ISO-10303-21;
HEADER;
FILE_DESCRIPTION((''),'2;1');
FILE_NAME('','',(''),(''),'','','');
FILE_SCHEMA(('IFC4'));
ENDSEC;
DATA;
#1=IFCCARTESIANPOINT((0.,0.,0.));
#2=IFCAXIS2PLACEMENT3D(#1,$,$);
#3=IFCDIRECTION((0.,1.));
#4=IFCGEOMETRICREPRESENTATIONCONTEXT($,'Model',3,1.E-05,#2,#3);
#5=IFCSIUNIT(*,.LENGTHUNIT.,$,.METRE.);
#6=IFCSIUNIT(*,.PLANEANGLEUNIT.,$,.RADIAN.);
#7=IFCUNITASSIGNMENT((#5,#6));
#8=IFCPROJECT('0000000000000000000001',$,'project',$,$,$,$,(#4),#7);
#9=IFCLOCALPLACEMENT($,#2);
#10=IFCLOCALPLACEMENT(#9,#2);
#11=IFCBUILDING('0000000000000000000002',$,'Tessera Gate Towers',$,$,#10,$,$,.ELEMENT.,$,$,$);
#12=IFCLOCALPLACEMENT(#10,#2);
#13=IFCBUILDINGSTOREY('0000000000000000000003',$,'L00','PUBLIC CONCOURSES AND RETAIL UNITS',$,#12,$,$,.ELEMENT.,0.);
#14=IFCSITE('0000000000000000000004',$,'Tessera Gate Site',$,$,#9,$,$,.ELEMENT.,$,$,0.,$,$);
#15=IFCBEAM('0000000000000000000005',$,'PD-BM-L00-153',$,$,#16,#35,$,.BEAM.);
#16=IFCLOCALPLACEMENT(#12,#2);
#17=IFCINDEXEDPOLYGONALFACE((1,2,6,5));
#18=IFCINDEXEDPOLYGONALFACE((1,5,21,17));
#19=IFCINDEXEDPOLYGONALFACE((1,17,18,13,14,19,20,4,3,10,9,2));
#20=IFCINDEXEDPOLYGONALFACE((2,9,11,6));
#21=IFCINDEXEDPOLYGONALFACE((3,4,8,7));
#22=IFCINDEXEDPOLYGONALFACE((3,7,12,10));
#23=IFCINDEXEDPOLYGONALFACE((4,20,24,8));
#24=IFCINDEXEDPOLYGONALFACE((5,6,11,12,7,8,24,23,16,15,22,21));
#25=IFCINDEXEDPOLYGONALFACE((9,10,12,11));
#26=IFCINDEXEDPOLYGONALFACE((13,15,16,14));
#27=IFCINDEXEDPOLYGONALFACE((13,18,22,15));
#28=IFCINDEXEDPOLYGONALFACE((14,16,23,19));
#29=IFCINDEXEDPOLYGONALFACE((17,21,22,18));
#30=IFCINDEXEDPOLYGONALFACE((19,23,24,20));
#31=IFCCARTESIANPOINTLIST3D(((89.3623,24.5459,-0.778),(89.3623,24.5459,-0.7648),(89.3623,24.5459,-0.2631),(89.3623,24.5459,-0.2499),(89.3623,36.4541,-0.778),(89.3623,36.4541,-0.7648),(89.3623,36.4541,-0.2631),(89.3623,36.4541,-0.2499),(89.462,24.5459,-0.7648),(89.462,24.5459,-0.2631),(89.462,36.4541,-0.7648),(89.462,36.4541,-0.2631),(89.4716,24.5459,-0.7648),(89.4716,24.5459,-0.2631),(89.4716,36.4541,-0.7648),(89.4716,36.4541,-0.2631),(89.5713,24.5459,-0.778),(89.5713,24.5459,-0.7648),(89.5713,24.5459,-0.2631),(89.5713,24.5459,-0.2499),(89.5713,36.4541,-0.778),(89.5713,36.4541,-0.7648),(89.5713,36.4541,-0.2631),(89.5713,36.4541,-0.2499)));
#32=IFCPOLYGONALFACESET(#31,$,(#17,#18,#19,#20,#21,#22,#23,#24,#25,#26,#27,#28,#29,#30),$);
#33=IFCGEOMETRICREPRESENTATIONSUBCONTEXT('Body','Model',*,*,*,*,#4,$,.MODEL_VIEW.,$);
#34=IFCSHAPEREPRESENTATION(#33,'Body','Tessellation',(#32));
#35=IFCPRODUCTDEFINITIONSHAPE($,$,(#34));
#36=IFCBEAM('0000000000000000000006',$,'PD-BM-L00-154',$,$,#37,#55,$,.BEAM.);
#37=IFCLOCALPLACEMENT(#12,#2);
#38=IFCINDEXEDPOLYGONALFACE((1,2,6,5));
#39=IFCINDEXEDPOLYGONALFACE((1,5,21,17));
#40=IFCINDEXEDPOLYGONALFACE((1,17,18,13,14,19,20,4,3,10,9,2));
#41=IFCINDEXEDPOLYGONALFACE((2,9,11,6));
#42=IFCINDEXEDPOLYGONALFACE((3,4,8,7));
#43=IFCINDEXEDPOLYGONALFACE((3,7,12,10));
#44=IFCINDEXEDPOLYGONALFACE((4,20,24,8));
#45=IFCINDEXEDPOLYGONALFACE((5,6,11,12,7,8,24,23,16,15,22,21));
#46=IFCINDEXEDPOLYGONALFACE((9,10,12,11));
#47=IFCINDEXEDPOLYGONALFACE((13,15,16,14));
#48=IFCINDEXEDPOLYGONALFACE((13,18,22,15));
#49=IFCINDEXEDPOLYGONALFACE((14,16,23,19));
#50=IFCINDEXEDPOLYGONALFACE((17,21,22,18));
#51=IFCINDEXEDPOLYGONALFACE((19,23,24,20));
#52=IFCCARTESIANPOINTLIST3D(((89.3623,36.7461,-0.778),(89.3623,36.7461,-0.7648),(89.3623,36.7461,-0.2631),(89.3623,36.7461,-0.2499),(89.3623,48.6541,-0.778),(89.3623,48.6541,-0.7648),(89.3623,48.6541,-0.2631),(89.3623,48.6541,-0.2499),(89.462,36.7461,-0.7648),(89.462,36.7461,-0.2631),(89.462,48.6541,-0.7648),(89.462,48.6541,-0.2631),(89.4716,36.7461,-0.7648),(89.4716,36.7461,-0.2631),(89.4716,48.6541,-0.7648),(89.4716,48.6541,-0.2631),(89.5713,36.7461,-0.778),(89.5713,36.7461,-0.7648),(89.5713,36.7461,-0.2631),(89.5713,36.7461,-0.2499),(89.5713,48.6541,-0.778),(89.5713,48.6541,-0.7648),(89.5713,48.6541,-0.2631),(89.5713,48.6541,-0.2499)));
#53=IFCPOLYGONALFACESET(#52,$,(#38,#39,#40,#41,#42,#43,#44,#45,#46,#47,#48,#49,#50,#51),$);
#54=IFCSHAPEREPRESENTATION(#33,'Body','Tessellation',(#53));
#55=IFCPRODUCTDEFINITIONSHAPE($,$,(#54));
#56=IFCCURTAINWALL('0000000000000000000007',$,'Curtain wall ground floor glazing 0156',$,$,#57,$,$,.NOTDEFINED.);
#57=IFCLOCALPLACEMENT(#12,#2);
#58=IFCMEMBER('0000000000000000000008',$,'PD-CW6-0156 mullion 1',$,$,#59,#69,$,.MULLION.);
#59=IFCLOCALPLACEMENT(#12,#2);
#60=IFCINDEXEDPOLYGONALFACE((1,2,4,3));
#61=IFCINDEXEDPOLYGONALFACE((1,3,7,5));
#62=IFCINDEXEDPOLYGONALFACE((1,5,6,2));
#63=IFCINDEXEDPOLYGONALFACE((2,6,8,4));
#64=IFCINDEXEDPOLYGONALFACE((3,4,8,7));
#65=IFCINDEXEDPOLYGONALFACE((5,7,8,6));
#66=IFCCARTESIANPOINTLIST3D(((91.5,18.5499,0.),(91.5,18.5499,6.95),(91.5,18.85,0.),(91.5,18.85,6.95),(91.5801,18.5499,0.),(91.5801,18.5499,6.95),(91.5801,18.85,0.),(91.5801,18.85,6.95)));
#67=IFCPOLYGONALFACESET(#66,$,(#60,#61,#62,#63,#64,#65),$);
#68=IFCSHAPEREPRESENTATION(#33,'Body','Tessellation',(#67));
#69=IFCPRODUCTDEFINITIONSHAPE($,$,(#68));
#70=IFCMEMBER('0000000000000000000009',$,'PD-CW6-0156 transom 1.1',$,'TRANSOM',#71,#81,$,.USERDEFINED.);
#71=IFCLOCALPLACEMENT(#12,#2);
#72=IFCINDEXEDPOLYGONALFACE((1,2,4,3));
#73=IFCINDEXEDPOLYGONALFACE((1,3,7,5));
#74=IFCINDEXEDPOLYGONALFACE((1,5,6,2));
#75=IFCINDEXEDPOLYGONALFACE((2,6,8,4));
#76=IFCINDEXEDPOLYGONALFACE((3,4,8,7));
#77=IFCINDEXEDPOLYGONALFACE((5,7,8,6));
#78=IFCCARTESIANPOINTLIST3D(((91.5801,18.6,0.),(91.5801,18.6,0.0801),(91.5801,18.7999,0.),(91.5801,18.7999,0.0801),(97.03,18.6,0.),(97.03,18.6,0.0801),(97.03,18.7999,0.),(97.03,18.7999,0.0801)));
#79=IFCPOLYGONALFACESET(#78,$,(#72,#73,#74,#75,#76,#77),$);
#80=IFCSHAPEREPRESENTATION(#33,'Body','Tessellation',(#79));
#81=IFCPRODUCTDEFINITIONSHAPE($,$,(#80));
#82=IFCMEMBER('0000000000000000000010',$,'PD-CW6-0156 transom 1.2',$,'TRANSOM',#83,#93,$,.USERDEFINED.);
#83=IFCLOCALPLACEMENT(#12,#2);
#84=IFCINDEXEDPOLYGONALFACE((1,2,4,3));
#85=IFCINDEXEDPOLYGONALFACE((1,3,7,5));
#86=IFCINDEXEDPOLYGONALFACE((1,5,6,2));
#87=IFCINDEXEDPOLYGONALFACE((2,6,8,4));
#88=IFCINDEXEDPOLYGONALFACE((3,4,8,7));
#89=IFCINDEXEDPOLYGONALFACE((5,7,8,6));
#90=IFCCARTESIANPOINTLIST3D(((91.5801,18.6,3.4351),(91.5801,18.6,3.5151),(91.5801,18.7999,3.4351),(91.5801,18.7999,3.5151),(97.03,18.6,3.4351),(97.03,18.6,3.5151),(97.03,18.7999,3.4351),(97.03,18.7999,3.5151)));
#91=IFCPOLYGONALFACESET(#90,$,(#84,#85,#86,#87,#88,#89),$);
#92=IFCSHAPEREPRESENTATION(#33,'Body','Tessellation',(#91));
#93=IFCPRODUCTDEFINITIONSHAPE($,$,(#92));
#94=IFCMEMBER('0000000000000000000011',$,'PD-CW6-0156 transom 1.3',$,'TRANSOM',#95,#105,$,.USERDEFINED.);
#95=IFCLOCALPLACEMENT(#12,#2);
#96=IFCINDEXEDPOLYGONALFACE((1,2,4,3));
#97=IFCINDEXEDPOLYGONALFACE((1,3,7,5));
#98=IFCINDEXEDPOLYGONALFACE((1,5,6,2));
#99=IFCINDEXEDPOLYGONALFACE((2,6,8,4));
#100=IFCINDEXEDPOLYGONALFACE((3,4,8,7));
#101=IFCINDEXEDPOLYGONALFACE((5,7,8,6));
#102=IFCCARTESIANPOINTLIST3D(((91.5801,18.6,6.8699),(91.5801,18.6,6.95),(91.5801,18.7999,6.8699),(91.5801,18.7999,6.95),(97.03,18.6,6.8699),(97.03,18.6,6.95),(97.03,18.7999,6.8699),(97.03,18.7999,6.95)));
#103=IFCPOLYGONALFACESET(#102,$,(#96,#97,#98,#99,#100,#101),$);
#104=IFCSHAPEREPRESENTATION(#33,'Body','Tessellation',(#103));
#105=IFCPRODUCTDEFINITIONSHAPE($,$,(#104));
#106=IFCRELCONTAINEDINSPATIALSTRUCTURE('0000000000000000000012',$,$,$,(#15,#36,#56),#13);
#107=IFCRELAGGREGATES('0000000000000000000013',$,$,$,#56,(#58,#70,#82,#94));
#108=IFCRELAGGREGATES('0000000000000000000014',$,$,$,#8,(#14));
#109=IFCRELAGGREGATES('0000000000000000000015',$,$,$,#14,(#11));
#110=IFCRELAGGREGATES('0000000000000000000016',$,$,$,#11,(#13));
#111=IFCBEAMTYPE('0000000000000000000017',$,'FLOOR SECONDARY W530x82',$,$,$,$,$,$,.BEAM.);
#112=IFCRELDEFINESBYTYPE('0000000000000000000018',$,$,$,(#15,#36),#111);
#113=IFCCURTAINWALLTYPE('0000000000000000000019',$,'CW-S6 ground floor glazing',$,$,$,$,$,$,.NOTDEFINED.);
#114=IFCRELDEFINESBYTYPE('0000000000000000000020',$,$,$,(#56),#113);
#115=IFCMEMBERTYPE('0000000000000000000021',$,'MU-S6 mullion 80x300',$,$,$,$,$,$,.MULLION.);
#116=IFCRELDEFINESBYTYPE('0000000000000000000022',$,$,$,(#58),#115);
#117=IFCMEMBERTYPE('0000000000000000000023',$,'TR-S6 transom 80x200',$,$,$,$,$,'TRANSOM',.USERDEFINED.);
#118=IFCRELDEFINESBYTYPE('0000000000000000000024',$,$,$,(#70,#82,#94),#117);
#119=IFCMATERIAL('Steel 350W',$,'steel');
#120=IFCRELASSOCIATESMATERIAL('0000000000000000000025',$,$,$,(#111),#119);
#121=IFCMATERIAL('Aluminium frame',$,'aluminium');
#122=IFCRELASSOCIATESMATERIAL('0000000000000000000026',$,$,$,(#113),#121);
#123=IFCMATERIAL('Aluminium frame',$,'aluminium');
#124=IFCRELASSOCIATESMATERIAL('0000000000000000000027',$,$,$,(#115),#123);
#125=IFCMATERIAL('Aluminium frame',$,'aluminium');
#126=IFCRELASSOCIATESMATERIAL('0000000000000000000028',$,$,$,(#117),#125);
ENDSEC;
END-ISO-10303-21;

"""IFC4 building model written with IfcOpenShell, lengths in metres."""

from ifc_helpers import new_model, si_unit, direction, frame, origin, origin_2d, place, context, subcontext, project, spatial, rectangle, i_section, extrude, material, material_profile, profile_set, type_object, element, aggregate, save


model = new_model("IFC4")

# Units and contexts
model_context = context("Model", 3, precision=1e-05, world=origin(), true_north=direction((0.0, 1.0)))
body_context = subcontext(model_context, "Body", "Model", "MODEL_VIEW")
ifc_project = project(units=[si_unit("LENGTHUNIT", "METRE"), si_unit("PLANEANGLEUNIT", "RADIAN")], contexts=[model_context])

# Site, building, storey
site_placement = place(None, origin())
site = spatial("IfcSite", under=ifc_project, at=site_placement, Name="Tessera Gate Site", CompositionType="ELEMENT", RefElevation=0.0)
building_placement = place(site_placement, origin())
building = spatial("IfcBuilding", under=site, at=building_placement, Name="Tessera Gate Towers", CompositionType="ELEMENT")
storey_placement = place(building_placement, origin())
storey = spatial("IfcBuildingStorey", under=building, at=storey_placement, Name="L00", Description="PUBLIC CONCOURSES AND RETAIL UNITS", CompositionType="ELEMENT", Elevation=0.0)

# Beams
ifc_material_1 = material(Name="Steel 350W", Category="steel")
ifc_material_profile_1 = material_profile(ifc_material_1, i_section(OverallWidth=0.209, OverallDepth=0.5281, WebThickness=0.0095, FlangeThickness=0.0132, at=origin_2d()), Name="W530x82")
ifc_profile_set_1 = profile_set([ifc_material_profile_1], Name="Steel 350W")
beam_type_1 = type_object("IfcBeamType", Name="FLOOR SECONDARY W530x82", PredefinedType="BEAM", material=ifc_profile_set_1)
beam_1_placement = place(storey_placement, frame((89.4668, 24.5459, -0.5139), z_axis=(0.0, 1.0, 0.0), x_axis=(-1.0, 0.0, 0.0)))
element("IfcBeam", 1, at=beam_1_placement, inside=storey, type_object=beam_type_1, Name="PD-BM-L00-153", PredefinedType="BEAM", context=body_context, shape_type="SweptSolid", body=[
    extrude(i_section(OverallWidth=0.209, OverallDepth=0.5281, WebThickness=0.0095, FlangeThickness=0.0132, at=origin_2d()), origin(), (0.0, 0.0, 1.0), 11.9082),
])
beam_2_placement = place(storey_placement, frame((89.4668, 36.7461, -0.5139), z_axis=(0.0, 1.0, 0.0), x_axis=(-1.0, 0.0, 0.0)))
element("IfcBeam", 2, at=beam_2_placement, inside=storey, type_object=beam_type_1, Name="PD-BM-L00-154", PredefinedType="BEAM", context=body_context, shape_type="SweptSolid", body=[
    extrude(i_section(OverallWidth=0.209, OverallDepth=0.5281, WebThickness=0.0095, FlangeThickness=0.0132, at=origin_2d()), origin(), (0.0, 0.0, 1.0), 11.908),
])

# Curtain wall, members
ifc_material_2 = material(Name="Aluminium frame", Category="aluminium")
curtain_wall_type = type_object("IfcCurtainWallType", Name="CW-S6 ground floor glazing", PredefinedType="NOTDEFINED", material=ifc_material_2)
curtain_wall_placement = place(storey_placement, origin())
curtain_wall = element("IfcCurtainWall", 3, at=curtain_wall_placement, inside=storey, type_object=curtain_wall_type, Name="Curtain wall ground floor glazing 0156", PredefinedType="NOTDEFINED")
ifc_material_3 = material(Name="Aluminium frame", Category="aluminium")
ifc_material_profile_2 = material_profile(ifc_material_3, rectangle(XDim=0.0801, YDim=0.3, at=origin_2d()), Name="AL 80x300")
ifc_profile_set_2 = profile_set([ifc_material_profile_2], Name="Aluminium frame")
member_type_1 = type_object("IfcMemberType", Name="MU-S6 mullion 80x300", PredefinedType="MULLION", material=ifc_profile_set_2)
member_1_placement = place(storey_placement, frame((91.54, 18.7, 0.0), z_axis=(0.0, 0.0, 1.0), x_axis=(1.0, 0.0, 0.0)))
member_1 = element("IfcMember", 4, at=member_1_placement, type_object=member_type_1, Name="PD-CW6-0156 mullion 1", PredefinedType="MULLION", context=body_context, shape_type="SweptSolid", body=[
    extrude(rectangle(XDim=0.0801, YDim=0.3, at=origin_2d()), origin(), (0.0, 0.0, 1.0), 6.95),
])
ifc_material_4 = material(Name="Aluminium frame", Category="aluminium")
ifc_material_profile_3 = material_profile(ifc_material_4, rectangle(XDim=0.2, YDim=0.0801, at=origin_2d()), Name="AL 80x200")
ifc_profile_set_3 = profile_set([ifc_material_profile_3], Name="Aluminium frame")
member_type_2 = type_object("IfcMemberType", Name="TR-S6 transom 80x200", ElementType="TRANSOM", PredefinedType="USERDEFINED", material=ifc_profile_set_3)
member_2_placement = place(storey_placement, frame((91.5801, 18.7, 0.04), z_axis=(1.0, 0.0, 0.0), x_axis=(0.0, 1.0, 0.0)))
member_2 = element("IfcMember", 5, at=member_2_placement, type_object=member_type_2, Name="PD-CW6-0156 transom 1.1", ObjectType="TRANSOM", PredefinedType="USERDEFINED", context=body_context, shape_type="SweptSolid", body=[
    extrude(rectangle(XDim=0.2, YDim=0.0801, at=origin_2d()), origin(), (0.0, 0.0, 1.0), 5.45),
])
member_3_placement = place(storey_placement, frame((91.5801, 18.7, 3.4751), z_axis=(1.0, 0.0, 0.0), x_axis=(0.0, 1.0, 0.0)))
member_3 = element("IfcMember", 6, at=member_3_placement, type_object=member_type_2, Name="PD-CW6-0156 transom 1.2", ObjectType="TRANSOM", PredefinedType="USERDEFINED", context=body_context, shape_type="SweptSolid", body=[
    extrude(rectangle(XDim=0.2, YDim=0.0801, at=origin_2d()), origin(), (0.0, 0.0, 1.0), 5.45),
])
member_4_placement = place(storey_placement, frame((91.5801, 18.7, 6.9099), z_axis=(1.0, 0.0, 0.0), x_axis=(0.0, 1.0, 0.0)))
member_4 = element("IfcMember", 7, at=member_4_placement, type_object=member_type_2, Name="PD-CW6-0156 transom 1.3", ObjectType="TRANSOM", PredefinedType="USERDEFINED", context=body_context, shape_type="SweptSolid", body=[
    extrude(rectangle(XDim=0.2, YDim=0.0801, at=origin_2d()), origin(), (0.0, 0.0, 1.0), 5.45),
])
aggregate(curtain_wall, [member_1, member_2, member_3, member_4])

save(model, "model.ifc")
